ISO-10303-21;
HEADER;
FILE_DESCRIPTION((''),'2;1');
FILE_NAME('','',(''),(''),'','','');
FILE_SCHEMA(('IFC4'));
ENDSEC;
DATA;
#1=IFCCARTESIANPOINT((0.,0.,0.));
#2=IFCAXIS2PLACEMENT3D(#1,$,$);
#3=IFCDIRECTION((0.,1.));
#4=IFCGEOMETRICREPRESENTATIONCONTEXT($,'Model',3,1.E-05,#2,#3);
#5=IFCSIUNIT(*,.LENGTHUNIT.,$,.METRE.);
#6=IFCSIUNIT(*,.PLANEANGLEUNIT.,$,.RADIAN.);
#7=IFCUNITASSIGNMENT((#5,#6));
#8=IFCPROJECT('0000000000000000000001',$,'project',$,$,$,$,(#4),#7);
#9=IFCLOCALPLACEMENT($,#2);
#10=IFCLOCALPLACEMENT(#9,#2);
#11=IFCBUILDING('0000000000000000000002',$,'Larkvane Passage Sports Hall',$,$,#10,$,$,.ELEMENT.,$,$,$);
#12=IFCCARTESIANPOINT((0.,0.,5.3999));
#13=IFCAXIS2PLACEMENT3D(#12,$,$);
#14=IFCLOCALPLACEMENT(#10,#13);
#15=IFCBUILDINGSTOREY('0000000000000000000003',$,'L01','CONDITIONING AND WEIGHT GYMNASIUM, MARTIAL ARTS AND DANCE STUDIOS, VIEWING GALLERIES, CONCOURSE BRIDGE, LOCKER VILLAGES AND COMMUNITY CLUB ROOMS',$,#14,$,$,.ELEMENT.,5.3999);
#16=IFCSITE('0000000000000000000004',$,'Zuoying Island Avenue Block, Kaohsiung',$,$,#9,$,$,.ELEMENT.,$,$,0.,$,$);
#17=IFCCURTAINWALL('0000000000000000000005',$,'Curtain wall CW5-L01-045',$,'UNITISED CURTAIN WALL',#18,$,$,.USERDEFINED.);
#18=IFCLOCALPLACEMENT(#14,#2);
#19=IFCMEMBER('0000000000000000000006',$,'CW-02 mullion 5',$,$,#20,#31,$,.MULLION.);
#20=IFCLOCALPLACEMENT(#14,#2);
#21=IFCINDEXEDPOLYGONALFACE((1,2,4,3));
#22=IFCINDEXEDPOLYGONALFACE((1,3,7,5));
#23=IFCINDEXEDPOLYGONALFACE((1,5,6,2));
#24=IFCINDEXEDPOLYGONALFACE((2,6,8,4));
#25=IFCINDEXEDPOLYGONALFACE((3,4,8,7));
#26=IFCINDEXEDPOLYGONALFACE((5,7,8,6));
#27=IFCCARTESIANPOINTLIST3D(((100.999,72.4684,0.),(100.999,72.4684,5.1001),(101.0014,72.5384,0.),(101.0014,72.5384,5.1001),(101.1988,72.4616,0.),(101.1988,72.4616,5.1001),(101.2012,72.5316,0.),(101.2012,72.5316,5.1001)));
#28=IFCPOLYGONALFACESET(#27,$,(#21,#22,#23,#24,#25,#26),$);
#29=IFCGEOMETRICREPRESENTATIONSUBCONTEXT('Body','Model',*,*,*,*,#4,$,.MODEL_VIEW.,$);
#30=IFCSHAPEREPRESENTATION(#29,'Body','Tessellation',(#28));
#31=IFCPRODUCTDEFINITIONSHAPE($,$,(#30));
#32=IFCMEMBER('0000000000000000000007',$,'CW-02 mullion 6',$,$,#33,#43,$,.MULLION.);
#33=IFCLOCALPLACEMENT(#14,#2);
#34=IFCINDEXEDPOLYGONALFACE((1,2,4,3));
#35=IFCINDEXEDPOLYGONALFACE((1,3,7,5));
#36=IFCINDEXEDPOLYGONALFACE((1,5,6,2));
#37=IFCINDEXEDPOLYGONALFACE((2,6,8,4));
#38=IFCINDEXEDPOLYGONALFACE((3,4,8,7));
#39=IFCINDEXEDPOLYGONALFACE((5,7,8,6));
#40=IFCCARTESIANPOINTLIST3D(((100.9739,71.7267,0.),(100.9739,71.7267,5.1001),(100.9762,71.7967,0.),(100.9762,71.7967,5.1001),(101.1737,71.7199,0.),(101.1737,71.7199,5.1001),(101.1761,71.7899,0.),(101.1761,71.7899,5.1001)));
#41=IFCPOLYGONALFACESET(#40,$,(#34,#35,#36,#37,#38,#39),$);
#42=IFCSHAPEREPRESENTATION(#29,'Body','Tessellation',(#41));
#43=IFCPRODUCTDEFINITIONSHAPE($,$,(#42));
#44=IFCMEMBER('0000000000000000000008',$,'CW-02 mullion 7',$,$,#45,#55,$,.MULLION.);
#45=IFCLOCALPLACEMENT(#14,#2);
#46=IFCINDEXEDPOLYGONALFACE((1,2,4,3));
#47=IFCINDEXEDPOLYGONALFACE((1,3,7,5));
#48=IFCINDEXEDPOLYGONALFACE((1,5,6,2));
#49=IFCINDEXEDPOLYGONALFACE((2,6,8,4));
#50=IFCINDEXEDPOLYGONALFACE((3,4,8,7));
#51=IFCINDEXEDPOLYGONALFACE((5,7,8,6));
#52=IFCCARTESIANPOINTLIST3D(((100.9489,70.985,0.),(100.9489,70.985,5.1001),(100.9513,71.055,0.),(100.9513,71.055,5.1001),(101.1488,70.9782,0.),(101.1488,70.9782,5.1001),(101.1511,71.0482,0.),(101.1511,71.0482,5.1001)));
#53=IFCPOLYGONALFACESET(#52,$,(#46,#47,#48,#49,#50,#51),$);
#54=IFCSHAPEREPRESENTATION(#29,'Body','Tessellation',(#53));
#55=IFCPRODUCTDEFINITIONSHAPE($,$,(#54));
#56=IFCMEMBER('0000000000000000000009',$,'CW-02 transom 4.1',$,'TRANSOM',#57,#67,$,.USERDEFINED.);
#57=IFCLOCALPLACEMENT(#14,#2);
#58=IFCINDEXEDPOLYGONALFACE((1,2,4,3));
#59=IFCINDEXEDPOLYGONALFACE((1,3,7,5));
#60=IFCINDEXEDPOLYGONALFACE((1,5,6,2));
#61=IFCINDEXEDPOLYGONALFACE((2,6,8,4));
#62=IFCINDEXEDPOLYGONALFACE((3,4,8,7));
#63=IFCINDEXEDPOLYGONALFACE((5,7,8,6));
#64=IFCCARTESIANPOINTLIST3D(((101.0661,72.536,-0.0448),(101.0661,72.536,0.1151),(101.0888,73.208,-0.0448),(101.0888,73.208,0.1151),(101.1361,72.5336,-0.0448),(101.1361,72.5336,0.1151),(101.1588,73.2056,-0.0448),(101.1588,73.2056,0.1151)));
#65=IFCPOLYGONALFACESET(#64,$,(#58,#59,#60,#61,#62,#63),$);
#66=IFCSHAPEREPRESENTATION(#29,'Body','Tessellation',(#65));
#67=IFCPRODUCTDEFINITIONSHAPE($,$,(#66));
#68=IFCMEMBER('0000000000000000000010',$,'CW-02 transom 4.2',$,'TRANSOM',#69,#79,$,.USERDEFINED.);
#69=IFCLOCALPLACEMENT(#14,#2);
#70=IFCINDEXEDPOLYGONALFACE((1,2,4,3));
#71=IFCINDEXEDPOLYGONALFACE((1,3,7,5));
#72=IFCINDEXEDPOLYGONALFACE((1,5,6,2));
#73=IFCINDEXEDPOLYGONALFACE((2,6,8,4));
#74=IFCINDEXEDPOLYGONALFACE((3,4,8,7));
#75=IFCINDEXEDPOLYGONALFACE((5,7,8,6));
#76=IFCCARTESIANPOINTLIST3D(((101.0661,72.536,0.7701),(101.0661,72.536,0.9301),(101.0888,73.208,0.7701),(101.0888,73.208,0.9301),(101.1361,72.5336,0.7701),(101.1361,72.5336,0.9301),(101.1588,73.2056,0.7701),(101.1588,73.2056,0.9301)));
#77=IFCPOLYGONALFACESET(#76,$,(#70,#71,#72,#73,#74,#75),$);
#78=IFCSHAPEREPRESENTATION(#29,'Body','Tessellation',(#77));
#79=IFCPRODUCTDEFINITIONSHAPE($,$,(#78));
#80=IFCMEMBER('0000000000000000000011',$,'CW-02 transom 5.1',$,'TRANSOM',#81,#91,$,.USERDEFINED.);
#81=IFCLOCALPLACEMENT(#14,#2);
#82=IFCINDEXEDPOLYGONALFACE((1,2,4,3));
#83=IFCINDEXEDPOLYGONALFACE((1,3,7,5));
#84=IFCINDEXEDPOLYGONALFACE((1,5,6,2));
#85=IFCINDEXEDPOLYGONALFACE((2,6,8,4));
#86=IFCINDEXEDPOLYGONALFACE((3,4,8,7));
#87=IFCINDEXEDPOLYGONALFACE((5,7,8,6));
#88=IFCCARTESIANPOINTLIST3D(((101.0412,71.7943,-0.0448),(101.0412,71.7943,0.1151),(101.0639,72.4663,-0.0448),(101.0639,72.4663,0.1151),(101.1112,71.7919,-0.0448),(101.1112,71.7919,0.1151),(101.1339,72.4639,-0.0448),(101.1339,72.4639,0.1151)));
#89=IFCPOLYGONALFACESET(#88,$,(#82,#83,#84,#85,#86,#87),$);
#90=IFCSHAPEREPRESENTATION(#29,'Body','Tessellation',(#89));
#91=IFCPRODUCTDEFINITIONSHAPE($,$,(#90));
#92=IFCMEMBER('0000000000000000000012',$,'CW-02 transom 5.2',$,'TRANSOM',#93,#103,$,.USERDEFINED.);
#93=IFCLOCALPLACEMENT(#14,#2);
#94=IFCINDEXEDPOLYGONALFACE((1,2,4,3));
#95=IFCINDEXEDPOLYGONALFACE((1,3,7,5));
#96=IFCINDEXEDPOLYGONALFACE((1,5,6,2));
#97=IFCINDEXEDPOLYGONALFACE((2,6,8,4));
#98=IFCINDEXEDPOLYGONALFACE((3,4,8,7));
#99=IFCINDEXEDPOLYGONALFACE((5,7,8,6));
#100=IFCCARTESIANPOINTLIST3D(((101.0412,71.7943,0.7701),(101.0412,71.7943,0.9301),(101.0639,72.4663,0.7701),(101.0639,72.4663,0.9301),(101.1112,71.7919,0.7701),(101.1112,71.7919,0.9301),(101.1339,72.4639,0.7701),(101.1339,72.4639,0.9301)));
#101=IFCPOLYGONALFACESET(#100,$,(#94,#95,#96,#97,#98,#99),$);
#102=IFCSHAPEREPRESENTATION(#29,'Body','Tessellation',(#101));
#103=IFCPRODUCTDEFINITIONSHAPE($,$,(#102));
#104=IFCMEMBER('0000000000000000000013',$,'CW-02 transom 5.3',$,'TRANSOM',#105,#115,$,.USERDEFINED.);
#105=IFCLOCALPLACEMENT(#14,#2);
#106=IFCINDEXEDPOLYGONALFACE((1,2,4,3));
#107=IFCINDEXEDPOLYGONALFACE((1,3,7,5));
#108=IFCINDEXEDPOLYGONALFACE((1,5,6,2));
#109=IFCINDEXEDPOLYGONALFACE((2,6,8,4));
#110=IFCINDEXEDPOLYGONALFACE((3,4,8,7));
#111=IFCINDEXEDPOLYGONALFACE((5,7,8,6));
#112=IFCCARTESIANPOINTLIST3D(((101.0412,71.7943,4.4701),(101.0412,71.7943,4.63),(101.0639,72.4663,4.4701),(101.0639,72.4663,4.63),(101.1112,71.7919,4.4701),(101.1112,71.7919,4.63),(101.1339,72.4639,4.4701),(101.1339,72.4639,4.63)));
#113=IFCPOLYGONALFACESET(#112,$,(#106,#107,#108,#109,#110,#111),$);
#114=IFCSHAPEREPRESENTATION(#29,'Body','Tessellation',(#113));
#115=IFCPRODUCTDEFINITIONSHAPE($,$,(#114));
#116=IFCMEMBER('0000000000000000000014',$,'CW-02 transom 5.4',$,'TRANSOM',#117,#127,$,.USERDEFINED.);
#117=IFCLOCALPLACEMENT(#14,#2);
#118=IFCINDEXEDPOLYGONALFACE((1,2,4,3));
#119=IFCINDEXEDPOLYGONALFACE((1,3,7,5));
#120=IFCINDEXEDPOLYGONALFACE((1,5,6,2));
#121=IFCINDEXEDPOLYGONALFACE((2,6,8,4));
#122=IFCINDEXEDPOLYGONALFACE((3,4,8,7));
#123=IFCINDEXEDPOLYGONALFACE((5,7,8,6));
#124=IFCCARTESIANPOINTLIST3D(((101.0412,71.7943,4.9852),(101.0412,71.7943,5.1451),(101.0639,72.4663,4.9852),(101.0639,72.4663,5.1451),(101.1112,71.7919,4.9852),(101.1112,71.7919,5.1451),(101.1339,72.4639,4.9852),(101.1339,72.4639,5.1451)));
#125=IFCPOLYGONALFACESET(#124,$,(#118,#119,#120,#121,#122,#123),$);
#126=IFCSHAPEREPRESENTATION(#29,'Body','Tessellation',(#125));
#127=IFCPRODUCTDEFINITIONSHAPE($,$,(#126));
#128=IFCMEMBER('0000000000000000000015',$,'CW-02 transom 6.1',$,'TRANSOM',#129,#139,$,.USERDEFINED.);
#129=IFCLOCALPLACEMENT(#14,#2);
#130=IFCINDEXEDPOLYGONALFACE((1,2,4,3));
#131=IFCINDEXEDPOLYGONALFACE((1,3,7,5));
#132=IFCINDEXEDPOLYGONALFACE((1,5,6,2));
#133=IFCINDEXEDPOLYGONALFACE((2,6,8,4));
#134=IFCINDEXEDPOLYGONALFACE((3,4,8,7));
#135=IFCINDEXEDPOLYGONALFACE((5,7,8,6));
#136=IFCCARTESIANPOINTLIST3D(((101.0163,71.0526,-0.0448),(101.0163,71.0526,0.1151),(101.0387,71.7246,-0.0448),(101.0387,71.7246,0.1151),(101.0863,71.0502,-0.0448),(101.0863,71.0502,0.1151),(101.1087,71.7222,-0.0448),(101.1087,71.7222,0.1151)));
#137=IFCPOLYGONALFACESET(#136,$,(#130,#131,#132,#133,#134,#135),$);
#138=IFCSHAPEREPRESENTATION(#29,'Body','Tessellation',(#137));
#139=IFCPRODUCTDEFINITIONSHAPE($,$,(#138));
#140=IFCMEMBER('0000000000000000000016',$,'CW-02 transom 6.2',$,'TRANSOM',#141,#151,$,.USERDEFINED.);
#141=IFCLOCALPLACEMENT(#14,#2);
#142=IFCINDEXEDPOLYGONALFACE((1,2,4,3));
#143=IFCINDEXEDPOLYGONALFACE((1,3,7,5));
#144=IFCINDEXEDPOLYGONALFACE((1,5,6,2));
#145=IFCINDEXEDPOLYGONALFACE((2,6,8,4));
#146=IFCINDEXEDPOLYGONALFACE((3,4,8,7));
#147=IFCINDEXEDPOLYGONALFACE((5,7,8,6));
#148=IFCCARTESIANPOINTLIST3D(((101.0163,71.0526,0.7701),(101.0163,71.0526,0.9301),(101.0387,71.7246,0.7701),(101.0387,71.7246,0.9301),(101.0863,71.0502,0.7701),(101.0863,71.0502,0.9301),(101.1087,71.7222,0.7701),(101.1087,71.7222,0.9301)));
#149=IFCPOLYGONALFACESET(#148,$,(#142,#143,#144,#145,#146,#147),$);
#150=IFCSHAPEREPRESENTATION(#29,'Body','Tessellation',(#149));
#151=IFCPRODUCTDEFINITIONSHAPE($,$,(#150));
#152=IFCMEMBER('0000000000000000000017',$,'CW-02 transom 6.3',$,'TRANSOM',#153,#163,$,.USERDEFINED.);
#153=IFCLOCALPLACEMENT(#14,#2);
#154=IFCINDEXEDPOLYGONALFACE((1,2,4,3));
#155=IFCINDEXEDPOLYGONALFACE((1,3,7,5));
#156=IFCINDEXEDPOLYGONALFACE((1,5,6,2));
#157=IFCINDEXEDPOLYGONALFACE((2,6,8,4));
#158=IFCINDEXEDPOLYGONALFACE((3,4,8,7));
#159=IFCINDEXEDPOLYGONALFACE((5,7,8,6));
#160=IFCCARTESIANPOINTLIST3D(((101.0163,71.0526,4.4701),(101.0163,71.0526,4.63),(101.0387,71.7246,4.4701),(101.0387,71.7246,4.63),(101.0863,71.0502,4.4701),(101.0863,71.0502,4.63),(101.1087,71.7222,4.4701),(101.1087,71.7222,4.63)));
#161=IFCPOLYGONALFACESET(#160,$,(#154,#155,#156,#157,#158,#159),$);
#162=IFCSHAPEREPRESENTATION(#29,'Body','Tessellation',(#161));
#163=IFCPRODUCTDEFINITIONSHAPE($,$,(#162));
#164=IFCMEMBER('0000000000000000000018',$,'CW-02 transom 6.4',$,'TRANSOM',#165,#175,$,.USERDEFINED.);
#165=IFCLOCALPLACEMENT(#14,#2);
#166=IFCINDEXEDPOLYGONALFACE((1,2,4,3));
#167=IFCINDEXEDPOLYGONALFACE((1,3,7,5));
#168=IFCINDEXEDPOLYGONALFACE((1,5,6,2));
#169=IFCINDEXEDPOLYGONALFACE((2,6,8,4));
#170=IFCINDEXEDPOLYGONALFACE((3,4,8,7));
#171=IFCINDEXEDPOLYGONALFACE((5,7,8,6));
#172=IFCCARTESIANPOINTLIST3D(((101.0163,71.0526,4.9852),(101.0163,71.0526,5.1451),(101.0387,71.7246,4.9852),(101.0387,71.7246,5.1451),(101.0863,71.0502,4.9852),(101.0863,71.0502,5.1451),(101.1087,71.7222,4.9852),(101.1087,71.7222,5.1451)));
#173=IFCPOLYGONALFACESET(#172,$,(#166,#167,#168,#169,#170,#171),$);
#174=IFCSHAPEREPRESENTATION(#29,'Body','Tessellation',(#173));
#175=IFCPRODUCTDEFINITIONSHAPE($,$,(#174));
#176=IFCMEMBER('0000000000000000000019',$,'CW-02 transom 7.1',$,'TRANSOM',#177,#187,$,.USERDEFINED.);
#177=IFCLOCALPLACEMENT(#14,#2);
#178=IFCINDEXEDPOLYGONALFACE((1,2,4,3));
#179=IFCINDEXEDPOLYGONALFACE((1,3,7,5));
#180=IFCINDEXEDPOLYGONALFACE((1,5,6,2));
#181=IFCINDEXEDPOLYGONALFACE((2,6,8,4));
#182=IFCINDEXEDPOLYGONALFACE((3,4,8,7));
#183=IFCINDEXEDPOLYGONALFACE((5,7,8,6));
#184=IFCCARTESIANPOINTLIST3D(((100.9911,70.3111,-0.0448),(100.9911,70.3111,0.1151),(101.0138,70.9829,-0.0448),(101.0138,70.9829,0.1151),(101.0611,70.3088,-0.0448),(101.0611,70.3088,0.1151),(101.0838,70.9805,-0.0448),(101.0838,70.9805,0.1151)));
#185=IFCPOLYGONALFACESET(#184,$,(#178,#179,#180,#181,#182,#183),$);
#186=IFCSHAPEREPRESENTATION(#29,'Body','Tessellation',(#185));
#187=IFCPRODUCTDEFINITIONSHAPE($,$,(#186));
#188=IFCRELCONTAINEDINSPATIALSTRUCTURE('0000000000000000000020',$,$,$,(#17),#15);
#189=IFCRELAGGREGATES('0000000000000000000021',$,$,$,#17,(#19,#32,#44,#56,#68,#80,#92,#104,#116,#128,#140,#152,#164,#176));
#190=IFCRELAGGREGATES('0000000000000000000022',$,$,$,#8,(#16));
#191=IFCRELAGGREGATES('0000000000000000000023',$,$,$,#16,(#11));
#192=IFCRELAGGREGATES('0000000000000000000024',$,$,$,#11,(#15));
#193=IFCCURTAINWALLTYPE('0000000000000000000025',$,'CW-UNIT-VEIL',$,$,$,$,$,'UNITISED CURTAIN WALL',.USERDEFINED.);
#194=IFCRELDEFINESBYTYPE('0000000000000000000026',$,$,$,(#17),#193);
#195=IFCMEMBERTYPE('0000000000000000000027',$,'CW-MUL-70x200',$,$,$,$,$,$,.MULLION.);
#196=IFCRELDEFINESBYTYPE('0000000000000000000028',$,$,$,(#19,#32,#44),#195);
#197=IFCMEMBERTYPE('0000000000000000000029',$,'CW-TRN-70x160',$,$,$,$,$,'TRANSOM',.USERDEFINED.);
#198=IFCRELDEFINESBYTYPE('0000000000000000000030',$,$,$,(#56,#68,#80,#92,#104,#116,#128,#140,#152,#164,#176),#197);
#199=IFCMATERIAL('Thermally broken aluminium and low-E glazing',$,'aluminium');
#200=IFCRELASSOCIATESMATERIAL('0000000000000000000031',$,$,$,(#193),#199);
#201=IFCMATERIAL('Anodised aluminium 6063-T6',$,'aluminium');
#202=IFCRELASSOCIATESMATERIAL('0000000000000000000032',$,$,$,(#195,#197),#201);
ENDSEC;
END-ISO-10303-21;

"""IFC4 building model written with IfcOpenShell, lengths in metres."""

from ifc_helpers import new_model, si_unit, direction, frame, origin, origin_2d, place, context, subcontext, project, spatial, rectangle, extrude, material, material_profile, profile_set, type_object, element, aggregate, save


model = new_model("IFC4")

# Units and contexts
model_context = context("Model", 3, precision=1e-05, world=origin(), true_north=direction((0.0, 1.0)))
body_context = subcontext(model_context, "Body", "Model", "MODEL_VIEW")
ifc_project = project(units=[si_unit("LENGTHUNIT", "METRE"), si_unit("PLANEANGLEUNIT", "RADIAN")], contexts=[model_context])

# Site, building, storey
site_placement = place(None, origin())
site = spatial("IfcSite", under=ifc_project, at=site_placement, Name="Zuoying Island Avenue Block, Kaohsiung", CompositionType="ELEMENT", RefElevation=0.0)
building_placement = place(site_placement, origin())
building = spatial("IfcBuilding", under=site, at=building_placement, Name="Larkvane Passage Sports Hall", CompositionType="ELEMENT")
storey_placement = place(building_placement, frame((0.0, 0.0, 5.3999)))
storey = spatial("IfcBuildingStorey", under=building, at=storey_placement, Name="L01", Description="CONDITIONING AND WEIGHT GYMNASIUM, MARTIAL ARTS AND DANCE STUDIOS, VIEWING GALLERIES, CONCOURSE BRIDGE, LOCKER VILLAGES AND COMMUNITY CLUB ROOMS", CompositionType="ELEMENT", Elevation=5.3999)

# Curtain wall, members
ifc_material_1 = material(Name="Thermally broken aluminium and low-E glazing", Category="aluminium")
curtain_wall_type = type_object("IfcCurtainWallType", Name="CW-UNIT-VEIL", ElementType="UNITISED CURTAIN WALL", PredefinedType="USERDEFINED", material=ifc_material_1)
curtain_wall_placement = place(storey_placement, origin())
curtain_wall = element("IfcCurtainWall", 1, at=curtain_wall_placement, inside=storey, type_object=curtain_wall_type, Name="Curtain wall CW5-L01-045", ObjectType="UNITISED CURTAIN WALL", PredefinedType="USERDEFINED")
ifc_material_2 = material(Name="Anodised aluminium 6063-T6", Category="aluminium")
ifc_material_profile_1 = material_profile(ifc_material_2, rectangle(XDim=0.0701, YDim=0.2, at=origin_2d()), Name="ALU-MUL-70x200")
ifc_profile_set_1 = profile_set([ifc_material_profile_1], Name="Anodised aluminium 6063-T6")
member_type_1 = type_object("IfcMemberType", Name="CW-MUL-70x200", PredefinedType="MULLION", material=ifc_profile_set_1)
member_1_placement = place(storey_placement, frame((101.1001, 72.5, 0.0), z_axis=(0.0, 0.0, 1.0), x_axis=(-0.033688, -0.999432, 0.0)))
member_1 = element("IfcMember", 2, at=member_1_placement, type_object=member_type_1, Name="CW-02 mullion 5", PredefinedType="MULLION", context=body_context, shape_type="SweptSolid", body=[
    extrude(rectangle(XDim=0.0701, YDim=0.2, at=origin_2d()), origin(), (0.0, 0.0, 1.0), 5.1001),
])
member_2_placement = place(storey_placement, frame((101.075, 71.7583, 0.0), z_axis=(0.0, 0.0, 1.0), x_axis=(-0.033688, -0.999432, 0.0)))
member_2 = element("IfcMember", 3, at=member_2_placement, type_object=member_type_1, Name="CW-02 mullion 6", PredefinedType="MULLION", context=body_context, shape_type="SweptSolid", body=[
    extrude(rectangle(XDim=0.0701, YDim=0.2, at=origin_2d()), origin(), (0.0, 0.0, 1.0), 5.1001),
])
member_3_placement = place(storey_placement, frame((101.05, 71.0166, 0.0), z_axis=(0.0, 0.0, 1.0), x_axis=(-0.033688, -0.999432, 0.0)))
member_3 = element("IfcMember", 4, at=member_3_placement, type_object=member_type_1, Name="CW-02 mullion 7", PredefinedType="MULLION", context=body_context, shape_type="SweptSolid", body=[
    extrude(rectangle(XDim=0.0701, YDim=0.2, at=origin_2d()), origin(), (0.0, 0.0, 1.0), 5.1001),
])
ifc_material_profile_2 = material_profile(ifc_material_2, rectangle(XDim=0.0701, YDim=0.1599, at=origin_2d()), Name="ALU-TRN-70x160")
ifc_profile_set_2 = profile_set([ifc_material_profile_2], Name="Anodised aluminium 6063-T6")
member_type_2 = type_object("IfcMemberType", Name="CW-TRN-70x160", ElementType="TRANSOM", PredefinedType="USERDEFINED", material=ifc_profile_set_2)
member_4_placement = place(storey_placement, frame((101.1238, 73.2068, 0.0352), z_axis=(-0.033774, -0.999429, 0.0), x_axis=(0.999429, -0.033774, 0.0)))
member_4 = element("IfcMember", 5, at=member_4_placement, type_object=member_type_2, Name="CW-02 transom 4.1", ObjectType="TRANSOM", PredefinedType="USERDEFINED", context=body_context, shape_type="SweptSolid", body=[
    extrude(rectangle(XDim=0.0701, YDim=0.1599, at=origin_2d()), origin(), (0.0, 0.0, 1.0), 0.6724),
])
member_5_placement = place(storey_placement, frame((101.1238, 73.2068, 0.8501), z_axis=(-0.033774, -0.999429, 0.0), x_axis=(0.999429, -0.033774, 0.0)))
member_5 = element("IfcMember", 6, at=member_5_placement, type_object=member_type_2, Name="CW-02 transom 4.2", ObjectType="TRANSOM", PredefinedType="USERDEFINED", context=body_context, shape_type="SweptSolid", body=[
    extrude(rectangle(XDim=0.0701, YDim=0.1599, at=origin_2d()), origin(), (0.0, 0.0, 1.0), 0.6724),
])
member_6_placement = place(storey_placement, frame((101.0989, 72.4651, 0.0352), z_axis=(-0.033774, -0.999429, 0.0), x_axis=(0.999429, -0.033774, 0.0)))
member_6 = element("IfcMember", 7, at=member_6_placement, type_object=member_type_2, Name="CW-02 transom 5.1", ObjectType="TRANSOM", PredefinedType="USERDEFINED", context=body_context, shape_type="SweptSolid", body=[
    extrude(rectangle(XDim=0.0701, YDim=0.1599, at=origin_2d()), origin(), (0.0, 0.0, 1.0), 0.6724),
])
member_7_placement = place(storey_placement, frame((101.0989, 72.4651, 0.8501), z_axis=(-0.033774, -0.999429, 0.0), x_axis=(0.999429, -0.033774, 0.0)))
member_7 = element("IfcMember", 8, at=member_7_placement, type_object=member_type_2, Name="CW-02 transom 5.2", ObjectType="TRANSOM", PredefinedType="USERDEFINED", context=body_context, shape_type="SweptSolid", body=[
    extrude(rectangle(XDim=0.0701, YDim=0.1599, at=origin_2d()), origin(), (0.0, 0.0, 1.0), 0.6724),
])
member_8_placement = place(storey_placement, frame((101.0989, 72.4651, 4.55), z_axis=(-0.033774, -0.999429, 0.0), x_axis=(0.999429, -0.033774, 0.0)))
member_8 = element("IfcMember", 9, at=member_8_placement, type_object=member_type_2, Name="CW-02 transom 5.3", ObjectType="TRANSOM", PredefinedType="USERDEFINED", context=body_context, shape_type="SweptSolid", body=[
    extrude(rectangle(XDim=0.0701, YDim=0.1599, at=origin_2d()), origin(), (0.0, 0.0, 1.0), 0.6724),
])
member_9_placement = place(storey_placement, frame((101.0989, 72.4651, 5.0652), z_axis=(-0.033774, -0.999429, 0.0), x_axis=(0.999429, -0.033774, 0.0)))
member_9 = element("IfcMember", 10, at=member_9_placement, type_object=member_type_2, Name="CW-02 transom 5.4", ObjectType="TRANSOM", PredefinedType="USERDEFINED", context=body_context, shape_type="SweptSolid", body=[
    extrude(rectangle(XDim=0.0701, YDim=0.1599, at=origin_2d()), origin(), (0.0, 0.0, 1.0), 0.6724),
])
member_10_placement = place(storey_placement, frame((101.0737, 71.7234, 0.0352), z_axis=(-0.033412, -0.999442, 0.0), x_axis=(0.999442, -0.033412, 0.0)))
member_10 = element("IfcMember", 11, at=member_10_placement, type_object=member_type_2, Name="CW-02 transom 6.1", ObjectType="TRANSOM", PredefinedType="USERDEFINED", context=body_context, shape_type="SweptSolid", body=[
    extrude(rectangle(XDim=0.0701, YDim=0.1599, at=origin_2d()), origin(), (0.0, 0.0, 1.0), 0.6724),
])
member_11_placement = place(storey_placement, frame((101.0737, 71.7234, 0.8501), z_axis=(-0.033412, -0.999442, 0.0), x_axis=(0.999442, -0.033412, 0.0)))
member_11 = element("IfcMember", 12, at=member_11_placement, type_object=member_type_2, Name="CW-02 transom 6.2", ObjectType="TRANSOM", PredefinedType="USERDEFINED", context=body_context, shape_type="SweptSolid", body=[
    extrude(rectangle(XDim=0.0701, YDim=0.1599, at=origin_2d()), origin(), (0.0, 0.0, 1.0), 0.6724),
])
member_12_placement = place(storey_placement, frame((101.0737, 71.7234, 4.55), z_axis=(-0.033412, -0.999442, 0.0), x_axis=(0.999442, -0.033412, 0.0)))
member_12 = element("IfcMember", 13, at=member_12_placement, type_object=member_type_2, Name="CW-02 transom 6.3", ObjectType="TRANSOM", PredefinedType="USERDEFINED", context=body_context, shape_type="SweptSolid", body=[
    extrude(rectangle(XDim=0.0701, YDim=0.1599, at=origin_2d()), origin(), (0.0, 0.0, 1.0), 0.6724),
])
member_13_placement = place(storey_placement, frame((101.0737, 71.7234, 5.0652), z_axis=(-0.033412, -0.999442, 0.0), x_axis=(0.999442, -0.033412, 0.0)))
member_13 = element("IfcMember", 14, at=member_13_placement, type_object=member_type_2, Name="CW-02 transom 6.4", ObjectType="TRANSOM", PredefinedType="USERDEFINED", context=body_context, shape_type="SweptSolid", body=[
    extrude(rectangle(XDim=0.0701, YDim=0.1599, at=origin_2d()), origin(), (0.0, 0.0, 1.0), 0.6724),
])
member_14_placement = place(storey_placement, frame((101.0488, 70.9817, 0.0352), z_axis=(-0.033787, -0.999429, 0.0), x_axis=(0.999429, -0.033787, 0.0)))
member_14 = element("IfcMember", 15, at=member_14_placement, type_object=member_type_2, Name="CW-02 transom 7.1", ObjectType="TRANSOM", PredefinedType="USERDEFINED", context=body_context, shape_type="SweptSolid", body=[
    extrude(rectangle(XDim=0.0701, YDim=0.1599, at=origin_2d()), origin(), (0.0, 0.0, 1.0), 0.6721),
])
aggregate(curtain_wall, [member_1, member_2, member_3, member_4, member_5, member_6, member_7, member_8, member_9, member_10, member_11, member_12, member_13, member_14])

save(model, "model.ifc")
